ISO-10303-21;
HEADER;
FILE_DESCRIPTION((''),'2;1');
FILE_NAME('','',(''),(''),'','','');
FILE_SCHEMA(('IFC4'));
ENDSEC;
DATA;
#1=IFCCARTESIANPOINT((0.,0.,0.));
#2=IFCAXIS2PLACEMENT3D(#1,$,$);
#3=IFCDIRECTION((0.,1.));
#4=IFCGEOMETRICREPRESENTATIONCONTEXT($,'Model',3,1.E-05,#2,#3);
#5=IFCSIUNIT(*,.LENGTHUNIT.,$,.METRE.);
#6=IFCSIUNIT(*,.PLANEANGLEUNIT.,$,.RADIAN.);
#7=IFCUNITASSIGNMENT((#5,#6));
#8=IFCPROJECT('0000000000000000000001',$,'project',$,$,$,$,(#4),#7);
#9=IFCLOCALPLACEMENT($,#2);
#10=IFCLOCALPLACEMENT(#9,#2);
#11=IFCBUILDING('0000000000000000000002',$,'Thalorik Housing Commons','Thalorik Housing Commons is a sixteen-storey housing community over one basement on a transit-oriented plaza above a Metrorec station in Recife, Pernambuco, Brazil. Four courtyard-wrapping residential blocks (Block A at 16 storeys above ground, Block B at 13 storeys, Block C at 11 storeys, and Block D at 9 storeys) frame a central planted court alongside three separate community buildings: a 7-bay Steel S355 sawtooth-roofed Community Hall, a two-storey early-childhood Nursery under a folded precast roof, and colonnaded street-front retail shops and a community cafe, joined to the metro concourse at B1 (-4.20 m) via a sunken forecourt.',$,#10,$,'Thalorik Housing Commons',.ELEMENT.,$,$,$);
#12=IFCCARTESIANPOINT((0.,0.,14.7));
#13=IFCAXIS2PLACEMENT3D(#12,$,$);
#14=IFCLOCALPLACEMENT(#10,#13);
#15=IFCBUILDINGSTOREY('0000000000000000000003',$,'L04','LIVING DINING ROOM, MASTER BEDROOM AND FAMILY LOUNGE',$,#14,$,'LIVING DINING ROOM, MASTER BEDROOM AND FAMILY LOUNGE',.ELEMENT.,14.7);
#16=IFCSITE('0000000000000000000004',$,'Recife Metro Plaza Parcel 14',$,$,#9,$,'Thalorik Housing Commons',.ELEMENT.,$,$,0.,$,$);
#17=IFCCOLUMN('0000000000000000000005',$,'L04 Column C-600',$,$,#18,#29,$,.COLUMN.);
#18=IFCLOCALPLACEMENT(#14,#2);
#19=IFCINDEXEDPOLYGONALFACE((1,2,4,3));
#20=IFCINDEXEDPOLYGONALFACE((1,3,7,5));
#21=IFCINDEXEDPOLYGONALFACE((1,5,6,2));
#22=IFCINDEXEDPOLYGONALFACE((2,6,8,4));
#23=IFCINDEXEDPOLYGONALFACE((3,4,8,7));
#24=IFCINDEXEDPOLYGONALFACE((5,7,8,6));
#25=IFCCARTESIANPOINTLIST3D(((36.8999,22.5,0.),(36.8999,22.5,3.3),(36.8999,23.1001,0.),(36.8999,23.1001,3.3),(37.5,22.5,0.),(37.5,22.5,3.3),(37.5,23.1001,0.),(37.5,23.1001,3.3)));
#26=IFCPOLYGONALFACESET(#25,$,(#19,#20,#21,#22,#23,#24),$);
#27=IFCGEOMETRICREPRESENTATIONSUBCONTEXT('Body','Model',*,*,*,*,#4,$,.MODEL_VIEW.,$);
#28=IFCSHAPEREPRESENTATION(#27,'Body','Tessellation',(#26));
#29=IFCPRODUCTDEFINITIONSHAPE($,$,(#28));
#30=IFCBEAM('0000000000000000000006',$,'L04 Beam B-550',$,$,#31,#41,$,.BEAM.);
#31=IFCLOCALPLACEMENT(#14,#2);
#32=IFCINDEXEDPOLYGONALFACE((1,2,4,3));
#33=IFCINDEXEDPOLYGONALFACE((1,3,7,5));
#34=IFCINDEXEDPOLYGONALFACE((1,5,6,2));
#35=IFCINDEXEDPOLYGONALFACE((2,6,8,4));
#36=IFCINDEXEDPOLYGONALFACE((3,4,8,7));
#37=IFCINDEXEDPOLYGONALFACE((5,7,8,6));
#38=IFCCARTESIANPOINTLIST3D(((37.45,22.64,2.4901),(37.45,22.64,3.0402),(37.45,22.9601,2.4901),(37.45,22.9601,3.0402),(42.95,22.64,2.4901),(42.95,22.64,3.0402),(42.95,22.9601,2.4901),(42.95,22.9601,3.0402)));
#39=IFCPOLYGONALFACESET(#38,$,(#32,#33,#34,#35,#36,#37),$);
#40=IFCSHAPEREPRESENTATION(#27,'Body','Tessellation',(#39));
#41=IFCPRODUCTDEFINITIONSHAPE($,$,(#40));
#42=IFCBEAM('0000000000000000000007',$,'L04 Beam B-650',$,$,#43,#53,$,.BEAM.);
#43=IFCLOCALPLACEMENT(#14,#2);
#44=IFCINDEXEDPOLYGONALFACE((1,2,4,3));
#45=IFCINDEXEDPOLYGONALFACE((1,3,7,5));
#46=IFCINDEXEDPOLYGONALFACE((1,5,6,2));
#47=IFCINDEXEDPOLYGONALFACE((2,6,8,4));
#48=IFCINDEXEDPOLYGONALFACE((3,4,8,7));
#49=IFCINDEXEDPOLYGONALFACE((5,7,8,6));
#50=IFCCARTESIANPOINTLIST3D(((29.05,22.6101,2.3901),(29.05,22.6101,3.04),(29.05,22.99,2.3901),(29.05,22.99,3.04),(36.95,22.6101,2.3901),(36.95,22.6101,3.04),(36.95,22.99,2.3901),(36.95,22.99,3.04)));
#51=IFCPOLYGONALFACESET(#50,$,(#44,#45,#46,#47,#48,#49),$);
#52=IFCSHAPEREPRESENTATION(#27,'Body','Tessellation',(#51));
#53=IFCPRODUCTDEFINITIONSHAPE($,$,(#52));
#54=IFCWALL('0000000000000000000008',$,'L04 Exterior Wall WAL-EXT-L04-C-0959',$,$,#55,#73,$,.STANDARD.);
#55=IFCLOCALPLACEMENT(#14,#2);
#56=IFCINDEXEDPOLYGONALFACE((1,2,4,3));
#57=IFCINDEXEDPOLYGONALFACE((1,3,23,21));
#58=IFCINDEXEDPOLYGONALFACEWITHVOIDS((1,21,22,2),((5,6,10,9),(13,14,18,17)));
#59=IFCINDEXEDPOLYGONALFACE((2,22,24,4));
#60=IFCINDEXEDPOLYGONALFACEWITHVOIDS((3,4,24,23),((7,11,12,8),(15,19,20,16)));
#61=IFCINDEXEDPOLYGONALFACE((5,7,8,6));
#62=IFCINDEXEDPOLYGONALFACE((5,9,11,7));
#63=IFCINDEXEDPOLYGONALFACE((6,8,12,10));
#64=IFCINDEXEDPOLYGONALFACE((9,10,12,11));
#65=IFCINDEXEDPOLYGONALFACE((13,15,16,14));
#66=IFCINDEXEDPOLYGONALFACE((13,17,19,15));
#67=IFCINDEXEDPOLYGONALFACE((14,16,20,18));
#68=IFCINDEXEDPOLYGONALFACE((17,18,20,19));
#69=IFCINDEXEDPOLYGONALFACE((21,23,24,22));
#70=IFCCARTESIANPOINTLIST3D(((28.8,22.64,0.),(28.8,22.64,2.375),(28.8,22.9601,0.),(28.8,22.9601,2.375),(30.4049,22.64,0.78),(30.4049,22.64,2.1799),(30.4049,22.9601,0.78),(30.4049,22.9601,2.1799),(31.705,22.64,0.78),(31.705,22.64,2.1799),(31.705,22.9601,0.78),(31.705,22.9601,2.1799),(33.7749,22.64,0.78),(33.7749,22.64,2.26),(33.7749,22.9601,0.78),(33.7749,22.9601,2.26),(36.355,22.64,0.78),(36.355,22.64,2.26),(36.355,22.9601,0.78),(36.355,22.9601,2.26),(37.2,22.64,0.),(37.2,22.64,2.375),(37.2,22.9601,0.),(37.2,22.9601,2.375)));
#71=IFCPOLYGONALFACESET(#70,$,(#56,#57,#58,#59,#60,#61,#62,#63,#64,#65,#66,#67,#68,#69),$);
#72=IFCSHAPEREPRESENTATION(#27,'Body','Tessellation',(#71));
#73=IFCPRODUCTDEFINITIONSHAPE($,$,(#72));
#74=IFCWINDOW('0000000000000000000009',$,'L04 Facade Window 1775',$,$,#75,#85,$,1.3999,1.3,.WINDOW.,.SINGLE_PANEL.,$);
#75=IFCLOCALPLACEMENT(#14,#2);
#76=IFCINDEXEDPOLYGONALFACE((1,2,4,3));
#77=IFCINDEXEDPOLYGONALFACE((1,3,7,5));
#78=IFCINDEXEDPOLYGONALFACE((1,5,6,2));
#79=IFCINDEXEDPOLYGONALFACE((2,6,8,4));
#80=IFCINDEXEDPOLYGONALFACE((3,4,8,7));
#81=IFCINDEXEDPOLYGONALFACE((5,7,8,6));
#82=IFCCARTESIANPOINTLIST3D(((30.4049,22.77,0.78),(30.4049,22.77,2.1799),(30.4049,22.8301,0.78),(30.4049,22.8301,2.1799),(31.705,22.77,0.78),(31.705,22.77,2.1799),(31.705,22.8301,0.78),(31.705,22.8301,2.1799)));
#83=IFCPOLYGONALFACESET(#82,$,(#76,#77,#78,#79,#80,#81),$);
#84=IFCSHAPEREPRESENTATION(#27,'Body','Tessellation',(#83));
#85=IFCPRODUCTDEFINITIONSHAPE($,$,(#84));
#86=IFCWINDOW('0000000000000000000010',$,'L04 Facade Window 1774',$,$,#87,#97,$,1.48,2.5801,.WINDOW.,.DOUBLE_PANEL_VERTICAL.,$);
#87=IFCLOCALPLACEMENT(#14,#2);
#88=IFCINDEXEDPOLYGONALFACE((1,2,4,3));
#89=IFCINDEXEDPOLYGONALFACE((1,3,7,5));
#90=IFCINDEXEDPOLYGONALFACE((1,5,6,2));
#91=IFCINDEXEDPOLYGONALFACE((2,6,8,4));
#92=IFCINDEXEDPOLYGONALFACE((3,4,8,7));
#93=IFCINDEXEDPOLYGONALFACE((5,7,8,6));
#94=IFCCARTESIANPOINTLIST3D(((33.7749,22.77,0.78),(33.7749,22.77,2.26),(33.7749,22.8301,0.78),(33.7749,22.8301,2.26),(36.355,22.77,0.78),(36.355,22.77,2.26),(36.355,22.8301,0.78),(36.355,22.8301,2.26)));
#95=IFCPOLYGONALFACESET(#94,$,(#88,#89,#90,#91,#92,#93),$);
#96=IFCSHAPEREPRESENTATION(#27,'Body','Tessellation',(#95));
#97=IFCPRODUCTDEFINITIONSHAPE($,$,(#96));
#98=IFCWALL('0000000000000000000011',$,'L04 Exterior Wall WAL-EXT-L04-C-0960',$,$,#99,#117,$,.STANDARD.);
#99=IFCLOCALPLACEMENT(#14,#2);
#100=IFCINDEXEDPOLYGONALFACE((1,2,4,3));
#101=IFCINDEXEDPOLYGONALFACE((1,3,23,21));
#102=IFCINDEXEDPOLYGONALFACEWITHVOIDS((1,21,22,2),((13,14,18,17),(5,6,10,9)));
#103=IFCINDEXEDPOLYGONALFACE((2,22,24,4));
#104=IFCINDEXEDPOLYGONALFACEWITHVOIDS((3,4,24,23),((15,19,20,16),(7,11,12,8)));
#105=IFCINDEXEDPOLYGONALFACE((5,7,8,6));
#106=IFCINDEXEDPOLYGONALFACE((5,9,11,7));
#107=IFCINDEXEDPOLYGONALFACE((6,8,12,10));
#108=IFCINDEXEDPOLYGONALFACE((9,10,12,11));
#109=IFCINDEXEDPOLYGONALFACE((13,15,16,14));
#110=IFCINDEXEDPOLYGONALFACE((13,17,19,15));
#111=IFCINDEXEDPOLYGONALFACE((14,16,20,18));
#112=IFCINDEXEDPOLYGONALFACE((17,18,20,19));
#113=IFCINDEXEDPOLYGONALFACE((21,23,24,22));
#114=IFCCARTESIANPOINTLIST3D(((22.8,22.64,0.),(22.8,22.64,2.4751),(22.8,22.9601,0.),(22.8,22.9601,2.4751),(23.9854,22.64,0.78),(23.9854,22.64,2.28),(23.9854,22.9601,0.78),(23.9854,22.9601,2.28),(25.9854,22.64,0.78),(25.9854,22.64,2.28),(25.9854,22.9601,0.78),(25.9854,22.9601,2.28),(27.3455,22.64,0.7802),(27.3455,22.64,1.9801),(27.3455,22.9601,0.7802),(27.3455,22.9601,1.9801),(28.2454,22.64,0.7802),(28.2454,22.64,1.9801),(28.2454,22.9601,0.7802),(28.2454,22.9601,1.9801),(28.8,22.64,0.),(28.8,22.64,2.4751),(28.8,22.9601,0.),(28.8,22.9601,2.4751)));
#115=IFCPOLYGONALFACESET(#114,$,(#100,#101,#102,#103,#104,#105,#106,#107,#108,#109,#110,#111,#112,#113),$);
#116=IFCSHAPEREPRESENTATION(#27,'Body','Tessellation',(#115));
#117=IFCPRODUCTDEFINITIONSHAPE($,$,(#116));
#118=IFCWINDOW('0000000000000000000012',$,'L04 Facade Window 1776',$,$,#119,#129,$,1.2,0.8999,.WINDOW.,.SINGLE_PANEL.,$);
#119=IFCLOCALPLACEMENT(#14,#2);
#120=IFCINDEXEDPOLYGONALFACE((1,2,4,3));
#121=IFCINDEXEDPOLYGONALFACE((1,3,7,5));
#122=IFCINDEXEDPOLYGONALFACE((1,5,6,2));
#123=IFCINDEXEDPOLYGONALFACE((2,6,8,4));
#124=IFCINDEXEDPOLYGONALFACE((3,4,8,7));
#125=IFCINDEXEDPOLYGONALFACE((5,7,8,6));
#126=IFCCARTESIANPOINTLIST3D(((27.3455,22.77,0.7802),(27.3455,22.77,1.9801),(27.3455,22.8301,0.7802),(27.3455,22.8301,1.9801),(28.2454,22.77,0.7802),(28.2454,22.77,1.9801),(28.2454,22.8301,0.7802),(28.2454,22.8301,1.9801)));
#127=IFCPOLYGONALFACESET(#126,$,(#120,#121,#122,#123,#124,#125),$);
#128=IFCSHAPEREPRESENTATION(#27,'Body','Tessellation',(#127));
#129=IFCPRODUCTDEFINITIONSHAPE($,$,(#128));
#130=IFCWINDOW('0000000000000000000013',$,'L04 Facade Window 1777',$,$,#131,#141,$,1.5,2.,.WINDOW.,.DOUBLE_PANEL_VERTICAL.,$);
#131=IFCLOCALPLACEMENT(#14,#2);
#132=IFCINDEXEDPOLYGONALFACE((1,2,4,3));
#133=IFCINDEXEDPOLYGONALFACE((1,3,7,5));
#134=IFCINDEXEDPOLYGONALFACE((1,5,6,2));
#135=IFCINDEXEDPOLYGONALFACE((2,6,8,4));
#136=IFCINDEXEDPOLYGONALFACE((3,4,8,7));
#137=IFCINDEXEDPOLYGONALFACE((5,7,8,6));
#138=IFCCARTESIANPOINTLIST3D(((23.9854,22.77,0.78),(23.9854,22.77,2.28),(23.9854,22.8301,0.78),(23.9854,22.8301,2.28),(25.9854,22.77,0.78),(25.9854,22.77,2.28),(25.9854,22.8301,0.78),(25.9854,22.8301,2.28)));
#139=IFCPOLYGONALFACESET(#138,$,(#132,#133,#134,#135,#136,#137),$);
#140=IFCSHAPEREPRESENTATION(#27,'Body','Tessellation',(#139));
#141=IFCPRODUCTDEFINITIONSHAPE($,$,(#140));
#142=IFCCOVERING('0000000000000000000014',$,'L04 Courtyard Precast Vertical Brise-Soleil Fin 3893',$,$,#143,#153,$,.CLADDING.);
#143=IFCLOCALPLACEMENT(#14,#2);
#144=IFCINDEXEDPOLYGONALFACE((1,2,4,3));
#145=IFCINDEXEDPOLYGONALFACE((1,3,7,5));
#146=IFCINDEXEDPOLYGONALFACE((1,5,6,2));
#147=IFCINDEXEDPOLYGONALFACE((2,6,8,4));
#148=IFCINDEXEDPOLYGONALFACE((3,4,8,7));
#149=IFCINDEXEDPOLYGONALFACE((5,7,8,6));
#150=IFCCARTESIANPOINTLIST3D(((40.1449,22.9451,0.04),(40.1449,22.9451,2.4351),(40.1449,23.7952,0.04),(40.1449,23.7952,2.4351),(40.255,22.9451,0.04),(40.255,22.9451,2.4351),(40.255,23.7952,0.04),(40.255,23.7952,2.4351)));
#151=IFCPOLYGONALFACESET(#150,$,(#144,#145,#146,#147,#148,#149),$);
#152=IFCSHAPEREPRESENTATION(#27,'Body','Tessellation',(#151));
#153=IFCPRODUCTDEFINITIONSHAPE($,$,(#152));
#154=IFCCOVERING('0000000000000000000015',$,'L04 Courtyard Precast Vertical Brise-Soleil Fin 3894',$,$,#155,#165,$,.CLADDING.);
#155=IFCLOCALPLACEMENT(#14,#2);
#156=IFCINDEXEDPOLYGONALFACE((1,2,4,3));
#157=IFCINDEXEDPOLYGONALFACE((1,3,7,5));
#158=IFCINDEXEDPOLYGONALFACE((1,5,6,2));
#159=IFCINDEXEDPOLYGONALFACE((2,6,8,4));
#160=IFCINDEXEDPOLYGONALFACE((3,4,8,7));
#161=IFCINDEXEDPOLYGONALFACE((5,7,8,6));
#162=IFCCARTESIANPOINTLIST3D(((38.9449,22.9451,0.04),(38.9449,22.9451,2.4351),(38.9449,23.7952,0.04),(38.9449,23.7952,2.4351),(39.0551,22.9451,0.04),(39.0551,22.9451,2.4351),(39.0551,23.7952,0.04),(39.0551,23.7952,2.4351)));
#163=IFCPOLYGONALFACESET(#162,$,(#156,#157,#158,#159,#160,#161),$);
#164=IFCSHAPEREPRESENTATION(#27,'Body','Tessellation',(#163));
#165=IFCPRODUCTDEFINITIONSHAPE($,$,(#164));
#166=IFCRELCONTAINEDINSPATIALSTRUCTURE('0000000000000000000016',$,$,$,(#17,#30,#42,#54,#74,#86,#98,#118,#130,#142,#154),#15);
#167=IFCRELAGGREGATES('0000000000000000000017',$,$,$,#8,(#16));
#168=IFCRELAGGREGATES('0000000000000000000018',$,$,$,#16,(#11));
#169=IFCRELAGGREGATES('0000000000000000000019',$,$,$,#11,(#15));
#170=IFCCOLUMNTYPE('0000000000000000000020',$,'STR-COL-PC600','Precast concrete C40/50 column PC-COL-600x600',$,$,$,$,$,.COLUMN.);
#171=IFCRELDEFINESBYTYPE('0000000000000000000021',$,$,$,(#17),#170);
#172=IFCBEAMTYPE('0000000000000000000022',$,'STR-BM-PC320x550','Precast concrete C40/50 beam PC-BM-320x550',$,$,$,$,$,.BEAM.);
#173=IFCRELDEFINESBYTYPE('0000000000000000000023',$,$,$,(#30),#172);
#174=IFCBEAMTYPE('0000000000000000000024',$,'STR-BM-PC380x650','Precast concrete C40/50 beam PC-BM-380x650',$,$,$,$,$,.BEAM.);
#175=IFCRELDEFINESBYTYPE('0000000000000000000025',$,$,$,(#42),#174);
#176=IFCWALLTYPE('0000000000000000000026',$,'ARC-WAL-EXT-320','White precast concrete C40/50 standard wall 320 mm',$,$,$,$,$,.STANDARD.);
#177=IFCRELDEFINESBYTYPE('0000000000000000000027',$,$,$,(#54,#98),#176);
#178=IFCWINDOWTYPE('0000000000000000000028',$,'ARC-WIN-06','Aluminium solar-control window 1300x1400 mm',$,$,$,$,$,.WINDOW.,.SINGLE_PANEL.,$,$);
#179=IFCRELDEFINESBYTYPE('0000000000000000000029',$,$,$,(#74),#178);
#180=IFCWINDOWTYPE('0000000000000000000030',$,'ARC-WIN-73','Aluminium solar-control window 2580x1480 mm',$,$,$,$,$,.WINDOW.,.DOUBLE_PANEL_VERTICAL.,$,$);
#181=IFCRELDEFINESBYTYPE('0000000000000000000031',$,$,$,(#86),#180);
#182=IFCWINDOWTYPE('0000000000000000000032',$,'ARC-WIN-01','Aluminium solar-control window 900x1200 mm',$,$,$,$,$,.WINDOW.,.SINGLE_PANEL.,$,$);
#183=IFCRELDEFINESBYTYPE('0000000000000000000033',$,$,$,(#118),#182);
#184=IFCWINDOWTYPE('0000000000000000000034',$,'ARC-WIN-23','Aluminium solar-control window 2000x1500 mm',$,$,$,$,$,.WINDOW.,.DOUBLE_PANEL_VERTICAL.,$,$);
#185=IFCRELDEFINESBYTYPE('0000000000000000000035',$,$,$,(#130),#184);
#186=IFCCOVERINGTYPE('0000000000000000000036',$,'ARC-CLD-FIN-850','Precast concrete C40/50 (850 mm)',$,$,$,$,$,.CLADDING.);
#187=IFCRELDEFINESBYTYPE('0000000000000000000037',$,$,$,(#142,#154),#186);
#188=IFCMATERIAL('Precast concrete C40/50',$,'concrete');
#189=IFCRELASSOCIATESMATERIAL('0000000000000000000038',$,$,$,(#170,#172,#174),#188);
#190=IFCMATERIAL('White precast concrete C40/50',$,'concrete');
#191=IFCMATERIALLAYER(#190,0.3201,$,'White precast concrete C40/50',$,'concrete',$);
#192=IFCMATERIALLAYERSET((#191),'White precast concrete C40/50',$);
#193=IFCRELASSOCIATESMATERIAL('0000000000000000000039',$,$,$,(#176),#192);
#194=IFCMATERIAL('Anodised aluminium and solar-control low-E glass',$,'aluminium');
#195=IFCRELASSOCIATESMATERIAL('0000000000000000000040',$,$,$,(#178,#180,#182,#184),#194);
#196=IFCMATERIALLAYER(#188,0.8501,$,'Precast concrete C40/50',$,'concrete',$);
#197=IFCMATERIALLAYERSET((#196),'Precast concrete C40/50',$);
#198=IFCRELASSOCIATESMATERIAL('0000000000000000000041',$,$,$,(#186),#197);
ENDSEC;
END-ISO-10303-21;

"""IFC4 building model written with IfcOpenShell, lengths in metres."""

from ifc_helpers import new_model, si_unit, direction, frame, frame_2d, origin, origin_2d, place, context, subcontext, project, spatial, rectangle, extrude, material, layer, layer_set, material_profile, profile_set, type_object, element, fill, save


model = new_model("IFC4")

# Units and contexts
model_context = context("Model", 3, precision=1e-05, world=origin(), true_north=direction((0.0, 1.0)))
body_context = subcontext(model_context, "Body", "Model", "MODEL_VIEW")
ifc_project = project(units=[si_unit("LENGTHUNIT", "METRE"), si_unit("PLANEANGLEUNIT", "RADIAN")], contexts=[model_context])

# Site, building, storey
site_placement = place(None, origin())
site = spatial("IfcSite", under=ifc_project, at=site_placement, Name="Recife Metro Plaza Parcel 14", LongName="Thalorik Housing Commons", CompositionType="ELEMENT", RefElevation=0.0)
building_placement = place(site_placement, origin())
building = spatial("IfcBuilding", under=site, at=building_placement, Name="Thalorik Housing Commons", Description="Thalorik Housing Commons is a sixteen-storey housing community over one basement on a transit-oriented plaza above a Metrorec station in Recife, Pernambuco, Brazil. Four courtyard-wrapping residential blocks (Block A at 16 storeys above ground, Block B at 13 storeys, Block C at 11 storeys, and Block D at 9 storeys) frame a central planted court alongside three separate community buildings: a 7-bay Steel S355 sawtooth-roofed Community Hall, a two-storey early-childhood Nursery under a folded precast roof, and colonnaded street-front retail shops and a community cafe, joined to the metro concourse at B1 (-4.20 m) via a sunken forecourt.", LongName="Thalorik Housing Commons", CompositionType="ELEMENT")
storey_placement = place(building_placement, frame((0.0, 0.0, 14.7)))
storey = spatial("IfcBuildingStorey", under=building, at=storey_placement, Name="L04", Description="LIVING DINING ROOM, MASTER BEDROOM AND FAMILY LOUNGE", LongName="LIVING DINING ROOM, MASTER BEDROOM AND FAMILY LOUNGE", CompositionType="ELEMENT", Elevation=14.7)

# Column
ifc_material_1 = material(Name="Precast concrete C40/50", Category="concrete")
ifc_material_profile_1 = material_profile(ifc_material_1, rectangle(XDim=0.6001, YDim=0.6001, at=origin_2d()), Name="PC 600x600", Category="concrete")
ifc_profile_set_1 = profile_set([ifc_material_profile_1], Name="Precast concrete C40/50")
column_type = type_object("IfcColumnType", Name="STR-COL-PC600", Description="Precast concrete C40/50 column PC-COL-600x600", PredefinedType="COLUMN", material=ifc_profile_set_1)
column_placement = place(storey_placement, frame((37.2, 22.8, 0.0), z_axis=(0.0, 0.0, 1.0), x_axis=(1.0, 0.0, 0.0)))
element("IfcColumn", 1, at=column_placement, inside=storey, type_object=column_type, Name="L04 Column C-600", PredefinedType="COLUMN", context=body_context, shape_type="SweptSolid", body=[
    extrude(rectangle(XDim=0.6001, YDim=0.6001, at=origin_2d()), origin(), (0.0, 0.0, 1.0), 3.3),
])

# Beams
ifc_material_profile_2 = material_profile(ifc_material_1, rectangle(XDim=0.3201, YDim=0.55, at=origin_2d()), Name="PC 320x550", Category="concrete")
ifc_profile_set_2 = profile_set([ifc_material_profile_2], Name="Precast concrete C40/50")
beam_type_1 = type_object("IfcBeamType", Name="STR-BM-PC320x550", Description="Precast concrete C40/50 beam PC-BM-320x550", PredefinedType="BEAM", material=ifc_profile_set_2)
beam_1_placement = place(storey_placement, frame((37.45, 22.8, 2.7651), z_axis=(1.0, 0.0, 0.0), x_axis=(0.0, 1.0, 0.0)))
element("IfcBeam", 2, at=beam_1_placement, inside=storey, type_object=beam_type_1, Name="L04 Beam B-550", PredefinedType="BEAM", context=body_context, shape_type="SweptSolid", body=[
    extrude(rectangle(XDim=0.3201, YDim=0.55, at=origin_2d()), origin(), (0.0, 0.0, 1.0), 5.5),
])
ifc_material_profile_3 = material_profile(ifc_material_1, rectangle(XDim=0.3799, YDim=0.6499, at=origin_2d()), Name="PC 380x650", Category="concrete")
ifc_profile_set_3 = profile_set([ifc_material_profile_3], Name="Precast concrete C40/50")
beam_type_2 = type_object("IfcBeamType", Name="STR-BM-PC380x650", Description="Precast concrete C40/50 beam PC-BM-380x650", PredefinedType="BEAM", material=ifc_profile_set_3)
beam_2_placement = place(storey_placement, frame((29.05, 22.8, 2.7151), z_axis=(1.0, 0.0, 0.0), x_axis=(0.0, 1.0, 0.0)))
element("IfcBeam", 3, at=beam_2_placement, inside=storey, type_object=beam_type_2, Name="L04 Beam B-650", PredefinedType="BEAM", context=body_context, shape_type="SweptSolid", body=[
    extrude(rectangle(XDim=0.3799, YDim=0.6499, at=origin_2d()), origin(), (0.0, 0.0, 1.0), 7.8999),
])

# Walls, openings, windows
ifc_material_2 = material(Name="White precast concrete C40/50", Category="concrete")
ifc_layer_1 = layer(ifc_material_2, 0.3201, Name="White precast concrete C40/50", Category="concrete")
ifc_layer_set_1 = layer_set([ifc_layer_1], Name="White precast concrete C40/50")
wall_type = type_object("IfcWallType", Name="ARC-WAL-EXT-320", Description="White precast concrete C40/50 standard wall 320 mm", PredefinedType="STANDARD", material=ifc_layer_set_1)
wall_1_placement = place(storey_placement, frame((37.2, 22.8, 0.0), z_axis=(0.0, 0.0, 1.0), x_axis=(-1.0, 0.0, 0.0)))
wall_1 = element("IfcWall", 4, at=wall_1_placement, inside=storey, type_object=wall_type, Name="L04 Exterior Wall WAL-EXT-L04-C-0959", PredefinedType="STANDARD", context=body_context, shape_type="SweptSolid", body=[
    extrude(rectangle(XDim=8.3999, YDim=0.3201, at=frame_2d((4.2, 0.0))), origin(), (0.0, 0.0, 1.0), 2.375),
])
opening_1_placement = place(wall_1_placement, frame((0.845, 0.0, 0.78)))
opening_1 = element("IfcOpeningElement", 5, at=opening_1_placement, cuts=wall_1, PredefinedType="OPENING", context=body_context, shape_type="SweptSolid", body=[
    extrude(rectangle(XDim=2.5801, YDim=1.48, at=frame_2d((1.29, 0.74))), frame((0.0, 0.1699, 0.0), z_axis=(0.0, -1.0, 0.0), x_axis=(1.0, 0.0, 0.0)), (0.0, 0.0, 1.0), 0.3401),
])
opening_2_placement = place(wall_1_placement, frame((5.4951, 0.0, 0.78)))
opening_2 = element("IfcOpeningElement", 6, at=opening_2_placement, cuts=wall_1, PredefinedType="OPENING", context=body_context, shape_type="SweptSolid", body=[
    extrude(rectangle(XDim=1.3, YDim=1.3999, at=frame_2d((0.6499, 0.7))), frame((0.0, 0.1699, 0.0), z_axis=(0.0, -1.0, 0.0), x_axis=(1.0, 0.0, 0.0)), (0.0, 0.0, 1.0), 0.3401),
])
ifc_material_3 = material(Name="Anodised aluminium and solar-control low-E glass", Category="aluminium")
window_type_1 = type_object("IfcWindowType", Name="ARC-WIN-06", Description="Aluminium solar-control window 1300x1400 mm", PartitioningType="SINGLE_PANEL", PredefinedType="WINDOW", material=ifc_material_3)
window_1_placement = place(opening_2_placement, origin())
window_1 = element("IfcWindow", 7, at=window_1_placement, inside=storey, type_object=window_type_1, Name="L04 Facade Window 1775", OverallHeight=1.3999, OverallWidth=1.3, PartitioningType="SINGLE_PANEL", PredefinedType="WINDOW", context=body_context, shape_type="SweptSolid", body=[
    extrude(rectangle(XDim=1.3, YDim=1.3999, at=frame_2d((0.6499, 0.7))), frame((0.0, 0.03, 0.0), z_axis=(0.0, -1.0, 0.0), x_axis=(1.0, 0.0, 0.0)), (0.0, 0.0, 1.0), 0.0601),
])
fill(opening_2, window_1)
window_type_2 = type_object("IfcWindowType", Name="ARC-WIN-73", Description="Aluminium solar-control window 2580x1480 mm", PartitioningType="DOUBLE_PANEL_VERTICAL", PredefinedType="WINDOW", material=ifc_material_3)
window_2_placement = place(opening_1_placement, origin())
window_2 = element("IfcWindow", 8, at=window_2_placement, inside=storey, type_object=window_type_2, Name="L04 Facade Window 1774", OverallHeight=1.48, OverallWidth=2.5801, PartitioningType="DOUBLE_PANEL_VERTICAL", PredefinedType="WINDOW", context=body_context, shape_type="SweptSolid", body=[
    extrude(rectangle(XDim=2.5801, YDim=1.48, at=frame_2d((1.29, 0.74))), frame((0.0, 0.03, 0.0), z_axis=(0.0, -1.0, 0.0), x_axis=(1.0, 0.0, 0.0)), (0.0, 0.0, 1.0), 0.0601),
])
fill(opening_1, window_2)
wall_2_placement = place(storey_placement, frame((28.8, 22.8, 0.0), z_axis=(0.0, 0.0, 1.0), x_axis=(-1.0, 0.0, 0.0)))
wall_2 = element("IfcWall", 9, at=wall_2_placement, inside=storey, type_object=wall_type, Name="L04 Exterior Wall WAL-EXT-L04-C-0960", PredefinedType="STANDARD", context=body_context, shape_type="SweptSolid", body=[
    extrude(rectangle(XDim=6.0, YDim=0.3201, at=frame_2d((3.0, 0.0))), origin(), (0.0, 0.0, 1.0), 2.4751),
])
opening_3_placement = place(wall_2_placement, frame((0.5547, 0.0, 0.78)))
opening_3 = element("IfcOpeningElement", 10, at=opening_3_placement, cuts=wall_2, PredefinedType="OPENING", context=body_context, shape_type="SweptSolid", body=[
    extrude(rectangle(XDim=0.8999, YDim=1.2, at=frame_2d((0.45, 0.6001))), frame((0.0, 0.1699, 0.0), z_axis=(0.0, -1.0, 0.0), x_axis=(1.0, 0.0, 0.0)), (0.0, 0.0, 1.0), 0.3401),
])
opening_4_placement = place(wall_2_placement, frame((2.8147, 0.0, 0.78)))
opening_4 = element("IfcOpeningElement", 11, at=opening_4_placement, cuts=wall_2, PredefinedType="OPENING", context=body_context, shape_type="SweptSolid", body=[
    extrude(rectangle(XDim=2.0, YDim=1.5, at=frame_2d((1.0, 0.75))), frame((0.0, 0.1699, 0.0), z_axis=(0.0, -1.0, 0.0), x_axis=(1.0, 0.0, 0.0)), (0.0, 0.0, 1.0), 0.3401),
])
window_type_3 = type_object("IfcWindowType", Name="ARC-WIN-01", Description="Aluminium solar-control window 900x1200 mm", PartitioningType="SINGLE_PANEL", PredefinedType="WINDOW", material=ifc_material_3)
window_3_placement = place(opening_3_placement, origin())
window_3 = element("IfcWindow", 12, at=window_3_placement, inside=storey, type_object=window_type_3, Name="L04 Facade Window 1776", OverallHeight=1.2, OverallWidth=0.8999, PartitioningType="SINGLE_PANEL", PredefinedType="WINDOW", context=body_context, shape_type="SweptSolid", body=[
    extrude(rectangle(XDim=0.8999, YDim=1.2, at=frame_2d((0.45, 0.6001))), frame((0.0, 0.03, 0.0), z_axis=(0.0, -1.0, 0.0), x_axis=(1.0, 0.0, 0.0)), (0.0, 0.0, 1.0), 0.0601),
])
fill(opening_3, window_3)
window_type_4 = type_object("IfcWindowType", Name="ARC-WIN-23", Description="Aluminium solar-control window 2000x1500 mm", PartitioningType="DOUBLE_PANEL_VERTICAL", PredefinedType="WINDOW", material=ifc_material_3)
window_4_placement = place(opening_4_placement, origin())
window_4 = element("IfcWindow", 13, at=window_4_placement, inside=storey, type_object=window_type_4, Name="L04 Facade Window 1777", OverallHeight=1.5, OverallWidth=2.0, PartitioningType="DOUBLE_PANEL_VERTICAL", PredefinedType="WINDOW", context=body_context, shape_type="SweptSolid", body=[
    extrude(rectangle(XDim=2.0, YDim=1.5, at=frame_2d((1.0, 0.75))), frame((0.0, 0.03, 0.0), z_axis=(0.0, -1.0, 0.0), x_axis=(1.0, 0.0, 0.0)), (0.0, 0.0, 1.0), 0.0601),
])
fill(opening_4, window_4)

# Coverings
ifc_layer_2 = layer(ifc_material_1, 0.8501, Name="Precast concrete C40/50", Category="concrete")
ifc_layer_set_2 = layer_set([ifc_layer_2], Name="Precast concrete C40/50")
covering_type_1 = type_object("IfcCoveringType", Name="ARC-CLD-FIN-850", Description="Precast concrete C40/50 (850 mm)", PredefinedType="CLADDING", material=ifc_layer_set_2)
for number, where, z_axis, x_axis, name in (
    (14, (40.2, 23.3701, 0.04), (0.0, 0.0, 1.0), (-1.0, 0.0, 0.0), "L04 Courtyard Precast Vertical Brise-Soleil Fin 3893"),
    (15, (39.0, 23.3701, 0.04), (0.0, 0.0, 1.0), (-1.0, 0.0, 0.0), "L04 Courtyard Precast Vertical Brise-Soleil Fin 3894"),
):
    element("IfcCovering", number, at=place(storey_placement, frame(where, z_axis=z_axis, x_axis=x_axis)), inside=storey, type_object=covering_type_1, Name=name, PredefinedType="CLADDING", context=body_context, shape_type="SweptSolid", body=[
        extrude(rectangle(XDim=0.1101, YDim=0.8501, at=origin_2d()), origin(), (0.0, 0.0, 1.0), 2.395),
    ])

save(model, "model.ifc")
